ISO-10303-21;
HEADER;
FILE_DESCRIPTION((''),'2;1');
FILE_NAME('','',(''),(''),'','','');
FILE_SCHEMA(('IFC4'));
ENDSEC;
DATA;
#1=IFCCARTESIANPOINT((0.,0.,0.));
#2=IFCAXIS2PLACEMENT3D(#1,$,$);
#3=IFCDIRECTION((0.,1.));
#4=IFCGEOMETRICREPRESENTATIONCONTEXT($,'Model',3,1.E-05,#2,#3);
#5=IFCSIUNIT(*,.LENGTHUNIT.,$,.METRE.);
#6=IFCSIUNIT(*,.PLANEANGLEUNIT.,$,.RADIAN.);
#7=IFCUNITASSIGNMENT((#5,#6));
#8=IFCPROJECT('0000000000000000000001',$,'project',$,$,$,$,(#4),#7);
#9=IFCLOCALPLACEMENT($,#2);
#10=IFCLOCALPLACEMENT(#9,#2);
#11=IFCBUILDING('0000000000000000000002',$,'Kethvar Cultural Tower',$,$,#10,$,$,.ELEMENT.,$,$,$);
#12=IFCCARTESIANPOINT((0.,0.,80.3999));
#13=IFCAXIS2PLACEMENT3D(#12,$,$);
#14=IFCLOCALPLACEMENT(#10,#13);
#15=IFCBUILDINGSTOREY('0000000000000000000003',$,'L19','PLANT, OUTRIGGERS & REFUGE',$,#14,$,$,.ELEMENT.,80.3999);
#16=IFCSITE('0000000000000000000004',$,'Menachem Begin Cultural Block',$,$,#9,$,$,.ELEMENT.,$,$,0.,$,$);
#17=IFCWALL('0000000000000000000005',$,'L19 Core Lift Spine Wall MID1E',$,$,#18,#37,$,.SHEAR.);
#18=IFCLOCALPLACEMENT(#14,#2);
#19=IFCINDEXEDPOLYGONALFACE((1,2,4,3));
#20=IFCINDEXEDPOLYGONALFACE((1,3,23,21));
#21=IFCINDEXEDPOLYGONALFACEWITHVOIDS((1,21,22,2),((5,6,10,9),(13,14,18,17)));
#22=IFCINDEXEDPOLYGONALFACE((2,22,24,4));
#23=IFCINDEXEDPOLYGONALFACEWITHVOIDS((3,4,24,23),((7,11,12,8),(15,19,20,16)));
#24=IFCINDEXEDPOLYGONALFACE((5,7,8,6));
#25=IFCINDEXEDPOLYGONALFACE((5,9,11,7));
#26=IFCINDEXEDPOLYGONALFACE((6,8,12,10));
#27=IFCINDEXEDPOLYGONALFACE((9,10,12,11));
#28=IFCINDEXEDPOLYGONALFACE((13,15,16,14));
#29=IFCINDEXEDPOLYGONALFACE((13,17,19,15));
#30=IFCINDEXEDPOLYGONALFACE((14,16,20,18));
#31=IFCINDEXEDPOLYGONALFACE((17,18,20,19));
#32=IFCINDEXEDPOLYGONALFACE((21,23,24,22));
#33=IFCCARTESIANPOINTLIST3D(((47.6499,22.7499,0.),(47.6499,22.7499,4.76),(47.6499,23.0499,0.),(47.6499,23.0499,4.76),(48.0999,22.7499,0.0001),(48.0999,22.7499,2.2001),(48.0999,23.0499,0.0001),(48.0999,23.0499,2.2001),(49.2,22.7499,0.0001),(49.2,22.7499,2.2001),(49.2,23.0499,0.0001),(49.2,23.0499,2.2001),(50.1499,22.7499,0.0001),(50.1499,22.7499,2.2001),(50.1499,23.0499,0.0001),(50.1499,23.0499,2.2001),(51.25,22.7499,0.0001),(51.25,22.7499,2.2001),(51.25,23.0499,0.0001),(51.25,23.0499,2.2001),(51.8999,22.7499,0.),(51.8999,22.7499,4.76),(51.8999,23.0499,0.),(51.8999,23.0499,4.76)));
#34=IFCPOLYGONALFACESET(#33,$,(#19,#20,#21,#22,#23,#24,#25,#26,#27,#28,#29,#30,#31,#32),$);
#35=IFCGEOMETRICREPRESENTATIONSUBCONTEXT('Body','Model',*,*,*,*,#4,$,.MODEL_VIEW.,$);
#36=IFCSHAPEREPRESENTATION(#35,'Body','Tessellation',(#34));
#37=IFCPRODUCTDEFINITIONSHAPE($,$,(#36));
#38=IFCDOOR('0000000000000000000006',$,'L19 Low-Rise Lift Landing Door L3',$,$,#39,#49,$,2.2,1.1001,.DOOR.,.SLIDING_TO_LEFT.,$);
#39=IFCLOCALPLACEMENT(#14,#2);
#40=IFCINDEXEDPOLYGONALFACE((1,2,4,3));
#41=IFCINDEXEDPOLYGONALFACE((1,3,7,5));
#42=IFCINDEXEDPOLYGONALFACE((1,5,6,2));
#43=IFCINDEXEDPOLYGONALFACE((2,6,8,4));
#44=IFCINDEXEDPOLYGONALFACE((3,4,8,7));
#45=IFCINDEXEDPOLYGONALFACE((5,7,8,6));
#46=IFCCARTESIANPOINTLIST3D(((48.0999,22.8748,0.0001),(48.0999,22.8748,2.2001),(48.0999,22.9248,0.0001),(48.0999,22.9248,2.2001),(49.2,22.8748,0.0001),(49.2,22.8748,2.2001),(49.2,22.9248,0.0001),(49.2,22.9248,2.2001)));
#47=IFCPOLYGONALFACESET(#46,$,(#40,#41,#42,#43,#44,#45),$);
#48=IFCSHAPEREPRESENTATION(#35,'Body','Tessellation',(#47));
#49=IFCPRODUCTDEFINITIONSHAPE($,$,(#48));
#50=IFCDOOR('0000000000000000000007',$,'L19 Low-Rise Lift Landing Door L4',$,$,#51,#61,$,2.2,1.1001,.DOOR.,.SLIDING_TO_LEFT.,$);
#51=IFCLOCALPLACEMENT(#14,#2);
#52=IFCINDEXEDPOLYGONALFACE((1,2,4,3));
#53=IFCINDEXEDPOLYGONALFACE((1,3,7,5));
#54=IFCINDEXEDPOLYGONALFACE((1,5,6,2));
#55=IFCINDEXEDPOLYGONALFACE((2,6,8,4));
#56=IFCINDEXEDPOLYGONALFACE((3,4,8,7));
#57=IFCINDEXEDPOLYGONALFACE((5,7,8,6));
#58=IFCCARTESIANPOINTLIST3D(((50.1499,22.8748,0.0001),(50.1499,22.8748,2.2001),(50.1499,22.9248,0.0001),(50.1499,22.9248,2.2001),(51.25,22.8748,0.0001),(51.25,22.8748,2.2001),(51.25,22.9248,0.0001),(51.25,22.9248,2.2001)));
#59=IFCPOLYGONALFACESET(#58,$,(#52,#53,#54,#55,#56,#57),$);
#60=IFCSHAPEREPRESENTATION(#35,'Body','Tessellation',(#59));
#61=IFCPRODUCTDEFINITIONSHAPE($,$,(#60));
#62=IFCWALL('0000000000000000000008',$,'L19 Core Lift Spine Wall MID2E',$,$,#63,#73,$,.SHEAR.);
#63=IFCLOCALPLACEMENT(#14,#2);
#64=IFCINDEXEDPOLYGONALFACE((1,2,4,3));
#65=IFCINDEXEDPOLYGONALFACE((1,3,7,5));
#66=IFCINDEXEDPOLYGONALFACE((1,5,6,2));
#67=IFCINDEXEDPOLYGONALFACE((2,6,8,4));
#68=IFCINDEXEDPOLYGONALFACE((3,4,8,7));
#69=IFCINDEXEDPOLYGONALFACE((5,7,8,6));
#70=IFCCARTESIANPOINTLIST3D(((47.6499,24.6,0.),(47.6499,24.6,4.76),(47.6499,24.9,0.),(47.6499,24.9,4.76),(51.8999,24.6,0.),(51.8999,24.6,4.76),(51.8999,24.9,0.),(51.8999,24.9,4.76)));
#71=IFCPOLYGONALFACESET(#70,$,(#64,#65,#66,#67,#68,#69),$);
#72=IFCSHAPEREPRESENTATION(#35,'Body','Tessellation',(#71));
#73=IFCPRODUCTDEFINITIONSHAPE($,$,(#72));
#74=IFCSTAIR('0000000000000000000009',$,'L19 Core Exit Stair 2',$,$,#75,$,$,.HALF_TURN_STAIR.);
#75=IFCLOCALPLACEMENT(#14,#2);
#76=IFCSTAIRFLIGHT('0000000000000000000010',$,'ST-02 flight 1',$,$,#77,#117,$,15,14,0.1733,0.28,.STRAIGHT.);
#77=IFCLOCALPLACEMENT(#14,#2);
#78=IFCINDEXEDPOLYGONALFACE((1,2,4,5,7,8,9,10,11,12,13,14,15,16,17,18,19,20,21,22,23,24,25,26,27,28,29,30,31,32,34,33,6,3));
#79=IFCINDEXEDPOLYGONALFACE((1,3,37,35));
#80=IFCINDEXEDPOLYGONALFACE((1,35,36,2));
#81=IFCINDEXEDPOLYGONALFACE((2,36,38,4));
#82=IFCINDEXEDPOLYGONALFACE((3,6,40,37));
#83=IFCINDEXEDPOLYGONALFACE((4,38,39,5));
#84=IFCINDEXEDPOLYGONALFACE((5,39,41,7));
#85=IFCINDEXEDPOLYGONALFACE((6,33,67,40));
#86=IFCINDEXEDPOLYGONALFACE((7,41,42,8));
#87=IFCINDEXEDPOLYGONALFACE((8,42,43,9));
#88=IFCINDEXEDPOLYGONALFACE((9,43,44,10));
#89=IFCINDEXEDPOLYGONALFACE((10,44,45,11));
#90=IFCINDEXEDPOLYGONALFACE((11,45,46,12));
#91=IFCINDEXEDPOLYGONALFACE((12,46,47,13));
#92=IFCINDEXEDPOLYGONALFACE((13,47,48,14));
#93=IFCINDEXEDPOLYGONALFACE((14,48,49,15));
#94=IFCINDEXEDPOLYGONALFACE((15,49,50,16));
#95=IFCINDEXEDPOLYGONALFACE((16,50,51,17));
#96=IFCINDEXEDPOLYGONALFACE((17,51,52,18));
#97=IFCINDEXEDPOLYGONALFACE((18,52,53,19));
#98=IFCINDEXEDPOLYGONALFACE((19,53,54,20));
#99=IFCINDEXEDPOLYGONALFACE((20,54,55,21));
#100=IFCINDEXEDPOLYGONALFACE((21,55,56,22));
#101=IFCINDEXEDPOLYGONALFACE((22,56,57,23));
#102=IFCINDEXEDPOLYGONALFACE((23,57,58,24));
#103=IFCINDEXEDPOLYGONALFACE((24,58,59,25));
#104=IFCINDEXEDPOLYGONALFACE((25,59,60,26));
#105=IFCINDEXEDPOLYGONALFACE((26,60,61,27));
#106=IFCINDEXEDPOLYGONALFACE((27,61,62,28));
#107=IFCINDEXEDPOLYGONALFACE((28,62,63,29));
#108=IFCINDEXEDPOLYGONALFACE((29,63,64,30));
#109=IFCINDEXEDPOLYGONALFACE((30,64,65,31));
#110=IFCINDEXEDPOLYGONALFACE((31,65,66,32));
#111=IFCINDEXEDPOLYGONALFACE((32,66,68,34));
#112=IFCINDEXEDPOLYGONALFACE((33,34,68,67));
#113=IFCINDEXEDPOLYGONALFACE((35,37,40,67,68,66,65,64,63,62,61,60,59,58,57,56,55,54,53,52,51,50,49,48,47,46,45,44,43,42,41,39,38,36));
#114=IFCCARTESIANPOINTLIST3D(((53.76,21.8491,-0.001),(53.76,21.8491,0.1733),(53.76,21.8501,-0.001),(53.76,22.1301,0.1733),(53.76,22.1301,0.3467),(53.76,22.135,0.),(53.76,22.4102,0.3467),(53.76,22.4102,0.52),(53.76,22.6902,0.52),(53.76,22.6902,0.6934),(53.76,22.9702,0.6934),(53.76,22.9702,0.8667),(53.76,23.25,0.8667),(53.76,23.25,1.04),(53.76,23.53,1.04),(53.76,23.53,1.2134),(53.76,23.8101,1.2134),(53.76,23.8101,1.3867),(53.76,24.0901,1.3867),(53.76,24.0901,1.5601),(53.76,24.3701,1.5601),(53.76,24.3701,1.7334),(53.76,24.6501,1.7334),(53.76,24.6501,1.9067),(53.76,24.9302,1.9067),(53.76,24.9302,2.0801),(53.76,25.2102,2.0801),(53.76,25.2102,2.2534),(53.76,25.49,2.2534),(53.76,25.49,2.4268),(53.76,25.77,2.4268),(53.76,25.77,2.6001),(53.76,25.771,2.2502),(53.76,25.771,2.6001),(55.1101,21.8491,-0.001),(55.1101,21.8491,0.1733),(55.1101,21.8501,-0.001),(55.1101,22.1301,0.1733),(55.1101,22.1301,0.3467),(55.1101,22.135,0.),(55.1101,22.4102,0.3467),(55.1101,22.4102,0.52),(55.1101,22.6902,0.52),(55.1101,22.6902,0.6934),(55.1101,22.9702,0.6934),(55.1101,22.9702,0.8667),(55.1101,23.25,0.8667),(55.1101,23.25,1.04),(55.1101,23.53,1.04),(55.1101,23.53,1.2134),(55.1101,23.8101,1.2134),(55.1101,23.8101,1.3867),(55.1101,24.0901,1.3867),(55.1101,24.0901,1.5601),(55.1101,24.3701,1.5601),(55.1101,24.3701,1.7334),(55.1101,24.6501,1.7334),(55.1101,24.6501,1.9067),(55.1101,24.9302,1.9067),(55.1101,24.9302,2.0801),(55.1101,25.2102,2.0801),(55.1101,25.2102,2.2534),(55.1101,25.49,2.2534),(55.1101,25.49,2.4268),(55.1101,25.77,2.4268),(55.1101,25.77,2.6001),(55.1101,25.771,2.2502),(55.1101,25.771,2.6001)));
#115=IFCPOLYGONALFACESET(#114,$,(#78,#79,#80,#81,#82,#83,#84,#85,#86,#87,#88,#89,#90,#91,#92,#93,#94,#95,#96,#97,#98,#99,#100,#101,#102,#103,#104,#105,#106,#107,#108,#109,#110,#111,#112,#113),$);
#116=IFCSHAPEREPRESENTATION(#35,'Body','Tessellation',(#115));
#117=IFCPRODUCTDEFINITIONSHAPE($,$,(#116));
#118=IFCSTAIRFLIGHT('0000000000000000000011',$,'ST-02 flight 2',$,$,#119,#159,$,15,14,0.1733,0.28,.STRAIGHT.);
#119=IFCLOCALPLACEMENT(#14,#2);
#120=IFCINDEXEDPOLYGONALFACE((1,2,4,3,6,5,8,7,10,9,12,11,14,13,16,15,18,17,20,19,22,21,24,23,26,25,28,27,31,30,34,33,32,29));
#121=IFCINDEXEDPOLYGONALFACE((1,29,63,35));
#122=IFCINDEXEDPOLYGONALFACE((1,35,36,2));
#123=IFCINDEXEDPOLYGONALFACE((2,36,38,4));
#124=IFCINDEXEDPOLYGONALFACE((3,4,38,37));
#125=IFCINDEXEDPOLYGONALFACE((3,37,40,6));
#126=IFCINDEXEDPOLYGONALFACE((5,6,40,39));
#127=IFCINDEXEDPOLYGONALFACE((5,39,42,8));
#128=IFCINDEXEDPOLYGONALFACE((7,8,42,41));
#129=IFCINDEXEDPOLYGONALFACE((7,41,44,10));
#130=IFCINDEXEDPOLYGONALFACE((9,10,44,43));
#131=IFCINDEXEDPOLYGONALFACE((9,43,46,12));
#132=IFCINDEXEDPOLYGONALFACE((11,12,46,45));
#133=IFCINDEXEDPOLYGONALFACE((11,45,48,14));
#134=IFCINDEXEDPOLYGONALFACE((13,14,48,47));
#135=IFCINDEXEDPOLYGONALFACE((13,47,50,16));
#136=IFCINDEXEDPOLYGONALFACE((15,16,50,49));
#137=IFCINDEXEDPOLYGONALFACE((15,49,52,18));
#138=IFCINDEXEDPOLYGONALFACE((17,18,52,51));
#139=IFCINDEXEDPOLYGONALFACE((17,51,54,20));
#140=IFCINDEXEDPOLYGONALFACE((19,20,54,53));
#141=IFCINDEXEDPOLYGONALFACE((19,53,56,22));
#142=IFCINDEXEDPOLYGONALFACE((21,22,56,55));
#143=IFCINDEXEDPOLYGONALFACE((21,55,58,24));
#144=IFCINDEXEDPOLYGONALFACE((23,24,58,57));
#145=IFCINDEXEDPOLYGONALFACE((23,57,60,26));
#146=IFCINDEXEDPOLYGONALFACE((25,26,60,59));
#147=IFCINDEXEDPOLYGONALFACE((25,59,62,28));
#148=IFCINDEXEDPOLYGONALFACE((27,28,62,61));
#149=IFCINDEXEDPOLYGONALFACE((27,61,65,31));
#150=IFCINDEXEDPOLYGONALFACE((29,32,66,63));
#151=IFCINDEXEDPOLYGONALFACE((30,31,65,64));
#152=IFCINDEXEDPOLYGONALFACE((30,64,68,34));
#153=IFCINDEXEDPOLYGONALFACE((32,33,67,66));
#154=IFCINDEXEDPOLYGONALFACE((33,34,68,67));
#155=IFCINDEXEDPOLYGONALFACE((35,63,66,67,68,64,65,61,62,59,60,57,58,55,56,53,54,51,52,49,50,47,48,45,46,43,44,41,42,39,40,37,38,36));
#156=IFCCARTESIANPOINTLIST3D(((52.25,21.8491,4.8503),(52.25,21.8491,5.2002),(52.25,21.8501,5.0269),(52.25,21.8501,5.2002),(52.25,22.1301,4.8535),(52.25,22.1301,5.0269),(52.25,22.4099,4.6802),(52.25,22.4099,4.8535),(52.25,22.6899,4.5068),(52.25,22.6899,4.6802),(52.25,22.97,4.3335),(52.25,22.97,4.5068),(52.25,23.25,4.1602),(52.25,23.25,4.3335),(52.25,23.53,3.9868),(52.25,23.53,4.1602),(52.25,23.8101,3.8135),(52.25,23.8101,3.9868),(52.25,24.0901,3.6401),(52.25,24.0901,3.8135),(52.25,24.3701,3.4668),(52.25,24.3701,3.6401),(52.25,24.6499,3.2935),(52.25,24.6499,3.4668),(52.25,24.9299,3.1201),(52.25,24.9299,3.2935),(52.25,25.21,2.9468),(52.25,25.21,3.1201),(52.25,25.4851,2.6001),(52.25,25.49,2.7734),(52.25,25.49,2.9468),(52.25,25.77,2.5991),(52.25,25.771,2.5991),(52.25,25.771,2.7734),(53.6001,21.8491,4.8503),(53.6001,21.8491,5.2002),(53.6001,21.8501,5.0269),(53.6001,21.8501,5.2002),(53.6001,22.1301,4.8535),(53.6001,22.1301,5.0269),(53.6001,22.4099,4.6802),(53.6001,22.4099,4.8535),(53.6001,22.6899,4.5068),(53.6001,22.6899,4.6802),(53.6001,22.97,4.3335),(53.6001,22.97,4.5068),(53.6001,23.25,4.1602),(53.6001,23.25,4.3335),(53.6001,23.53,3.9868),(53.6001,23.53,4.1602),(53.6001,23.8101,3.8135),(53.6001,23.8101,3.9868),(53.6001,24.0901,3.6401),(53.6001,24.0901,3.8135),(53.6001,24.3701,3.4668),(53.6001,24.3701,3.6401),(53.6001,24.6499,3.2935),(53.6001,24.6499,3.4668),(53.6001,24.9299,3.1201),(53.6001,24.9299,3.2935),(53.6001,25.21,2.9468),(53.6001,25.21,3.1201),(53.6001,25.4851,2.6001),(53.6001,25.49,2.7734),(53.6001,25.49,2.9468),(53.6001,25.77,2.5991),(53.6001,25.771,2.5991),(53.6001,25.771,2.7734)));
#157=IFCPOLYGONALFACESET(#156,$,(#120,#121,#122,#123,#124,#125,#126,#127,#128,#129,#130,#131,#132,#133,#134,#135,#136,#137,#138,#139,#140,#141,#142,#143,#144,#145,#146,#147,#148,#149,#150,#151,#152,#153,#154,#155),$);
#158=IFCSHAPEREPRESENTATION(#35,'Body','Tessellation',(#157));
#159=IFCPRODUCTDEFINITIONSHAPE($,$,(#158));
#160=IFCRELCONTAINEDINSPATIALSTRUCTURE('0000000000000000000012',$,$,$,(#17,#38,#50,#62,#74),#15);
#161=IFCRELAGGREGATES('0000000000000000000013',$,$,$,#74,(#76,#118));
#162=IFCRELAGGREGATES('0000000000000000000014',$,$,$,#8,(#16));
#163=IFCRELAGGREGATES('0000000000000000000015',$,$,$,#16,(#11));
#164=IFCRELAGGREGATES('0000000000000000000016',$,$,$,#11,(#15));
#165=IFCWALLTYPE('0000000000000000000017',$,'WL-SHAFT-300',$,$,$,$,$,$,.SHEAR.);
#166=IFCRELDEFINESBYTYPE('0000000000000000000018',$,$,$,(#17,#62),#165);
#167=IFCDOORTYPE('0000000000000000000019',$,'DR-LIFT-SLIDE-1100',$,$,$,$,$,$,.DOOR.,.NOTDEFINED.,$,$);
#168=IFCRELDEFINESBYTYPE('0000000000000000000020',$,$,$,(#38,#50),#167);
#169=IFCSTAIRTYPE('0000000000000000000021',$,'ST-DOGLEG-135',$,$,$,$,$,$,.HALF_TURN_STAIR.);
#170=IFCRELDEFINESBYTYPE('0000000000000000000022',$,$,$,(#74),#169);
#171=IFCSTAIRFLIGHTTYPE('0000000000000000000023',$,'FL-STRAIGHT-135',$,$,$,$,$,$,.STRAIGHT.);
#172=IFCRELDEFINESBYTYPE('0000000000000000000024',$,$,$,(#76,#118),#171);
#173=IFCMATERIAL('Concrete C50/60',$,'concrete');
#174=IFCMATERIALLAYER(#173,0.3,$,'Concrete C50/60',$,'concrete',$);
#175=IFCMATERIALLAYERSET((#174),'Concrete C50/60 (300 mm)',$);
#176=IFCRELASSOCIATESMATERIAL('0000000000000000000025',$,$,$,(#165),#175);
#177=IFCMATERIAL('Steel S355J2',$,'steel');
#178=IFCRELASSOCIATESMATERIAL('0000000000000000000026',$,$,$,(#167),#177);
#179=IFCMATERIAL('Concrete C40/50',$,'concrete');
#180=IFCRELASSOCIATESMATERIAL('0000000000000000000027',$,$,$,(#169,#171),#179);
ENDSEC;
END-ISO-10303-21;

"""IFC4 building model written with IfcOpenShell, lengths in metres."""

from ifc_helpers import new_model, si_unit, direction, frame, frame_2d, origin, place, context, subcontext, project, spatial, polyline, rectangle, outline, extrude, source, transform, mapped, material, layer, layer_set, type_object, element, fill, aggregate, save


model = new_model("IFC4")

# Units and contexts
model_context = context("Model", 3, precision=1e-05, world=origin(), true_north=direction((0.0, 1.0)))
body_context = subcontext(model_context, "Body", "Model", "MODEL_VIEW")
ifc_project = project(units=[si_unit("LENGTHUNIT", "METRE"), si_unit("PLANEANGLEUNIT", "RADIAN")], contexts=[model_context])

# Site, building, storey
site_placement = place(None, origin())
site = spatial("IfcSite", under=ifc_project, at=site_placement, Name="Menachem Begin Cultural Block", CompositionType="ELEMENT", RefElevation=0.0)
building_placement = place(site_placement, origin())
building = spatial("IfcBuilding", under=site, at=building_placement, Name="Kethvar Cultural Tower", CompositionType="ELEMENT")
storey_placement = place(building_placement, frame((0.0, 0.0, 80.3999)))
storey = spatial("IfcBuildingStorey", under=building, at=storey_placement, Name="L19", Description="PLANT, OUTRIGGERS & REFUGE", CompositionType="ELEMENT", Elevation=80.3999)

# Wall, openings, doors
ifc_material_1 = material(Name="Concrete C50/60", Category="concrete")
ifc_layer_1 = layer(ifc_material_1, 0.3, Name="Concrete C50/60", Category="concrete")
ifc_layer_set_1 = layer_set([ifc_layer_1], Name="Concrete C50/60 (300 mm)")
wall_type_1 = type_object("IfcWallType", Name="WL-SHAFT-300", PredefinedType="SHEAR", material=ifc_layer_set_1)
wall_1_placement = place(storey_placement, frame((47.6499, 22.8999, 0.0), z_axis=(0.0, 0.0, 1.0), x_axis=(1.0, 0.0, 0.0)))
wall_1 = element("IfcWall", 1, at=wall_1_placement, inside=storey, type_object=wall_type_1, Name="L19 Core Lift Spine Wall MID1E", PredefinedType="SHEAR", context=body_context, shape_type="SweptSolid", body=[
    extrude(rectangle(XDim=4.25, YDim=0.3, at=frame_2d((2.125, 0.0))), origin(), (0.0, 0.0, 1.0), 4.76),
])
opening_1_placement = place(wall_1_placement, frame((0.45, 0.0, 0.0)))
opening_1 = element("IfcOpeningElement", 2, at=opening_1_placement, cuts=wall_1, PredefinedType="OPENING", context=body_context, shape_type="SweptSolid", body=[
    extrude(rectangle(XDim=1.1001, YDim=2.2, at=frame_2d((0.55, 1.1001))), frame((0.0, 0.1599, 0.0), z_axis=(0.0, -1.0, 0.0), x_axis=(1.0, 0.0, 0.0)), (0.0, 0.0, 1.0), 0.3201),
])
opening_2_placement = place(wall_1_placement, frame((2.5, 0.0, 0.0)))
opening_2 = element("IfcOpeningElement", 3, at=opening_2_placement, cuts=wall_1, PredefinedType="OPENING", context=body_context, shape_type="SweptSolid", body=[
    extrude(rectangle(XDim=1.1001, YDim=2.2, at=frame_2d((0.55, 1.1001))), frame((0.0, 0.1599, 0.0), z_axis=(0.0, -1.0, 0.0), x_axis=(1.0, 0.0, 0.0)), (0.0, 0.0, 1.0), 0.3201),
])
ifc_material_2 = material(Name="Steel S355J2", Category="steel")
door_type = type_object("IfcDoorType", Name="DR-LIFT-SLIDE-1100", OperationType="NOTDEFINED", PredefinedType="DOOR", material=ifc_material_2)
shared_shape_1 = source(origin(), body_context, "Body", "SweptSolid", [
    extrude(rectangle(XDim=1.1001, YDim=2.2, at=frame_2d((0.55, 1.1001))), frame((0.0, 0.0249, 0.0), z_axis=(0.0, -1.0, 0.0), x_axis=(1.0, 0.0, 0.0)), (0.0, 0.0, 1.0), 0.05),
])
door_1_placement = place(opening_1_placement, origin())
door_1 = element("IfcDoor", 4, at=door_1_placement, inside=storey, type_object=door_type, Name="L19 Low-Rise Lift Landing Door L3", OperationType="SLIDING_TO_LEFT", OverallHeight=2.2, OverallWidth=1.1001, PredefinedType="DOOR", context=body_context, shape_type="MappedRepresentation", body=[
    mapped(shared_shape_1, transform((0.0, 0.0, 0.0), scale=1.0)),
])
fill(opening_1, door_1)
door_2_placement = place(opening_2_placement, origin())
door_2 = element("IfcDoor", 5, at=door_2_placement, inside=storey, type_object=door_type, Name="L19 Low-Rise Lift Landing Door L4", OperationType="SLIDING_TO_LEFT", OverallHeight=2.2, OverallWidth=1.1001, PredefinedType="DOOR", context=body_context, shape_type="MappedRepresentation", body=[
    mapped(shared_shape_1, transform((0.0, 0.0, 0.0), scale=1.0)),
])
fill(opening_2, door_2)

# Wall
wall_2_placement = place(storey_placement, frame((47.6499, 24.75, 0.0), z_axis=(0.0, 0.0, 1.0), x_axis=(1.0, 0.0, 0.0)))
element("IfcWall", 6, at=wall_2_placement, inside=storey, type_object=wall_type_1, Name="L19 Core Lift Spine Wall MID2E", PredefinedType="SHEAR", context=body_context, shape_type="SweptSolid", body=[
    extrude(rectangle(XDim=4.25, YDim=0.3, at=frame_2d((2.125, 0.0))), origin(), (0.0, 0.0, 1.0), 4.76),
])

# Stair, stair flights
ifc_material_3 = material(Name="Concrete C40/50", Category="concrete")
stair_type = type_object("IfcStairType", Name="ST-DOGLEG-135", PredefinedType="HALF_TURN_STAIR", material=ifc_material_3)
stair_placement = place(storey_placement, origin())
stair = element("IfcStair", 7, at=stair_placement, inside=storey, type_object=stair_type, Name="L19 Core Exit Stair 2", PredefinedType="HALF_TURN_STAIR")
stair_flight_type = type_object("IfcStairFlightType", Name="FL-STRAIGHT-135", PredefinedType="STRAIGHT", material=ifc_material_3)
stair_flight_1_placement = place(storey_placement, frame((54.4351, 21.8501, 0.0), z_axis=(0.0, 0.0, 1.0), x_axis=(0.0, 1.0, 0.0)))
stair_flight_1 = element("IfcStairFlight", 8, at=stair_flight_1_placement, type_object=stair_flight_type, Name="ST-02 flight 1", NumberOfRisers=15, NumberOfTreads=14, PredefinedType="STRAIGHT", RiserHeight=0.1733, TreadLength=0.28, context=body_context, shape_type="SweptSolid", body=[
    extrude(outline(polyline([(-0.001, -0.001), (-0.001, 0.1733), (0.28, 0.1733), (0.28, 0.3467), (0.5601, 0.3467), (0.5601, 0.52), (0.8401, 0.52), (0.8401, 0.6934), (1.1201, 0.6934), (1.1201, 0.8667), (1.3999, 0.8667), (1.3999, 1.04), (1.6799, 1.04), (1.6799, 1.2134), (1.96, 1.2134), (1.96, 1.3867), (2.24, 1.3867), (2.24, 1.5601), (2.52, 1.5601), (2.52, 1.7334), (2.8, 1.7334), (2.8, 1.9067), (3.0801, 1.9067), (3.0801, 2.0801), (3.3601, 2.0801), (3.3601, 2.2534), (3.6399, 2.2534), (3.6399, 2.4268), (3.9199, 2.4268), (3.9199, 2.6001), (3.9209, 2.6001), (3.9209, 2.2502), (0.2849, 0.0), (0.0, -0.001), (-0.001, -0.001)])), frame((0.0, 0.675, 0.0), z_axis=(0.0, -1.0, 0.0), x_axis=(1.0, 0.0, 0.0)), (0.0, 0.0, 1.0), 1.3501),
])
stair_flight_2_placement = place(storey_placement, frame((52.925, 25.77, 2.6001), z_axis=(0.0, 0.0, 1.0), x_axis=(0.0, -1.0, 0.0)))
stair_flight_2 = element("IfcStairFlight", 9, at=stair_flight_2_placement, type_object=stair_flight_type, Name="ST-02 flight 2", NumberOfRisers=15, NumberOfTreads=14, PredefinedType="STRAIGHT", RiserHeight=0.1733, TreadLength=0.28, context=body_context, shape_type="SweptSolid", body=[
    extrude(outline(polyline([(-0.001, -0.001), (-0.001, 0.1733), (0.28, 0.1733), (0.28, 0.3467), (0.5601, 0.3467), (0.5601, 0.52), (0.8401, 0.52), (0.8401, 0.6934), (1.1201, 0.6934), (1.1201, 0.8667), (1.3999, 0.8667), (1.3999, 1.04), (1.6799, 1.04), (1.6799, 1.2134), (1.96, 1.2134), (1.96, 1.3867), (2.24, 1.3867), (2.24, 1.5601), (2.52, 1.5601), (2.52, 1.7334), (2.8, 1.7334), (2.8, 1.9067), (3.0801, 1.9067), (3.0801, 2.0801), (3.3601, 2.0801), (3.3601, 2.2534), (3.6399, 2.2534), (3.6399, 2.4268), (3.9199, 2.4268), (3.9199, 2.6001), (3.9209, 2.6001), (3.9209, 2.2502), (0.2849, 0.0), (0.0, -0.001), (-0.001, -0.001)])), frame((0.0, 0.675, 0.0), z_axis=(0.0, -1.0, 0.0), x_axis=(1.0, 0.0, 0.0)), (0.0, 0.0, 1.0), 1.3501),
])
aggregate(stair, [stair_flight_1, stair_flight_2])

save(model, "model.ifc")
